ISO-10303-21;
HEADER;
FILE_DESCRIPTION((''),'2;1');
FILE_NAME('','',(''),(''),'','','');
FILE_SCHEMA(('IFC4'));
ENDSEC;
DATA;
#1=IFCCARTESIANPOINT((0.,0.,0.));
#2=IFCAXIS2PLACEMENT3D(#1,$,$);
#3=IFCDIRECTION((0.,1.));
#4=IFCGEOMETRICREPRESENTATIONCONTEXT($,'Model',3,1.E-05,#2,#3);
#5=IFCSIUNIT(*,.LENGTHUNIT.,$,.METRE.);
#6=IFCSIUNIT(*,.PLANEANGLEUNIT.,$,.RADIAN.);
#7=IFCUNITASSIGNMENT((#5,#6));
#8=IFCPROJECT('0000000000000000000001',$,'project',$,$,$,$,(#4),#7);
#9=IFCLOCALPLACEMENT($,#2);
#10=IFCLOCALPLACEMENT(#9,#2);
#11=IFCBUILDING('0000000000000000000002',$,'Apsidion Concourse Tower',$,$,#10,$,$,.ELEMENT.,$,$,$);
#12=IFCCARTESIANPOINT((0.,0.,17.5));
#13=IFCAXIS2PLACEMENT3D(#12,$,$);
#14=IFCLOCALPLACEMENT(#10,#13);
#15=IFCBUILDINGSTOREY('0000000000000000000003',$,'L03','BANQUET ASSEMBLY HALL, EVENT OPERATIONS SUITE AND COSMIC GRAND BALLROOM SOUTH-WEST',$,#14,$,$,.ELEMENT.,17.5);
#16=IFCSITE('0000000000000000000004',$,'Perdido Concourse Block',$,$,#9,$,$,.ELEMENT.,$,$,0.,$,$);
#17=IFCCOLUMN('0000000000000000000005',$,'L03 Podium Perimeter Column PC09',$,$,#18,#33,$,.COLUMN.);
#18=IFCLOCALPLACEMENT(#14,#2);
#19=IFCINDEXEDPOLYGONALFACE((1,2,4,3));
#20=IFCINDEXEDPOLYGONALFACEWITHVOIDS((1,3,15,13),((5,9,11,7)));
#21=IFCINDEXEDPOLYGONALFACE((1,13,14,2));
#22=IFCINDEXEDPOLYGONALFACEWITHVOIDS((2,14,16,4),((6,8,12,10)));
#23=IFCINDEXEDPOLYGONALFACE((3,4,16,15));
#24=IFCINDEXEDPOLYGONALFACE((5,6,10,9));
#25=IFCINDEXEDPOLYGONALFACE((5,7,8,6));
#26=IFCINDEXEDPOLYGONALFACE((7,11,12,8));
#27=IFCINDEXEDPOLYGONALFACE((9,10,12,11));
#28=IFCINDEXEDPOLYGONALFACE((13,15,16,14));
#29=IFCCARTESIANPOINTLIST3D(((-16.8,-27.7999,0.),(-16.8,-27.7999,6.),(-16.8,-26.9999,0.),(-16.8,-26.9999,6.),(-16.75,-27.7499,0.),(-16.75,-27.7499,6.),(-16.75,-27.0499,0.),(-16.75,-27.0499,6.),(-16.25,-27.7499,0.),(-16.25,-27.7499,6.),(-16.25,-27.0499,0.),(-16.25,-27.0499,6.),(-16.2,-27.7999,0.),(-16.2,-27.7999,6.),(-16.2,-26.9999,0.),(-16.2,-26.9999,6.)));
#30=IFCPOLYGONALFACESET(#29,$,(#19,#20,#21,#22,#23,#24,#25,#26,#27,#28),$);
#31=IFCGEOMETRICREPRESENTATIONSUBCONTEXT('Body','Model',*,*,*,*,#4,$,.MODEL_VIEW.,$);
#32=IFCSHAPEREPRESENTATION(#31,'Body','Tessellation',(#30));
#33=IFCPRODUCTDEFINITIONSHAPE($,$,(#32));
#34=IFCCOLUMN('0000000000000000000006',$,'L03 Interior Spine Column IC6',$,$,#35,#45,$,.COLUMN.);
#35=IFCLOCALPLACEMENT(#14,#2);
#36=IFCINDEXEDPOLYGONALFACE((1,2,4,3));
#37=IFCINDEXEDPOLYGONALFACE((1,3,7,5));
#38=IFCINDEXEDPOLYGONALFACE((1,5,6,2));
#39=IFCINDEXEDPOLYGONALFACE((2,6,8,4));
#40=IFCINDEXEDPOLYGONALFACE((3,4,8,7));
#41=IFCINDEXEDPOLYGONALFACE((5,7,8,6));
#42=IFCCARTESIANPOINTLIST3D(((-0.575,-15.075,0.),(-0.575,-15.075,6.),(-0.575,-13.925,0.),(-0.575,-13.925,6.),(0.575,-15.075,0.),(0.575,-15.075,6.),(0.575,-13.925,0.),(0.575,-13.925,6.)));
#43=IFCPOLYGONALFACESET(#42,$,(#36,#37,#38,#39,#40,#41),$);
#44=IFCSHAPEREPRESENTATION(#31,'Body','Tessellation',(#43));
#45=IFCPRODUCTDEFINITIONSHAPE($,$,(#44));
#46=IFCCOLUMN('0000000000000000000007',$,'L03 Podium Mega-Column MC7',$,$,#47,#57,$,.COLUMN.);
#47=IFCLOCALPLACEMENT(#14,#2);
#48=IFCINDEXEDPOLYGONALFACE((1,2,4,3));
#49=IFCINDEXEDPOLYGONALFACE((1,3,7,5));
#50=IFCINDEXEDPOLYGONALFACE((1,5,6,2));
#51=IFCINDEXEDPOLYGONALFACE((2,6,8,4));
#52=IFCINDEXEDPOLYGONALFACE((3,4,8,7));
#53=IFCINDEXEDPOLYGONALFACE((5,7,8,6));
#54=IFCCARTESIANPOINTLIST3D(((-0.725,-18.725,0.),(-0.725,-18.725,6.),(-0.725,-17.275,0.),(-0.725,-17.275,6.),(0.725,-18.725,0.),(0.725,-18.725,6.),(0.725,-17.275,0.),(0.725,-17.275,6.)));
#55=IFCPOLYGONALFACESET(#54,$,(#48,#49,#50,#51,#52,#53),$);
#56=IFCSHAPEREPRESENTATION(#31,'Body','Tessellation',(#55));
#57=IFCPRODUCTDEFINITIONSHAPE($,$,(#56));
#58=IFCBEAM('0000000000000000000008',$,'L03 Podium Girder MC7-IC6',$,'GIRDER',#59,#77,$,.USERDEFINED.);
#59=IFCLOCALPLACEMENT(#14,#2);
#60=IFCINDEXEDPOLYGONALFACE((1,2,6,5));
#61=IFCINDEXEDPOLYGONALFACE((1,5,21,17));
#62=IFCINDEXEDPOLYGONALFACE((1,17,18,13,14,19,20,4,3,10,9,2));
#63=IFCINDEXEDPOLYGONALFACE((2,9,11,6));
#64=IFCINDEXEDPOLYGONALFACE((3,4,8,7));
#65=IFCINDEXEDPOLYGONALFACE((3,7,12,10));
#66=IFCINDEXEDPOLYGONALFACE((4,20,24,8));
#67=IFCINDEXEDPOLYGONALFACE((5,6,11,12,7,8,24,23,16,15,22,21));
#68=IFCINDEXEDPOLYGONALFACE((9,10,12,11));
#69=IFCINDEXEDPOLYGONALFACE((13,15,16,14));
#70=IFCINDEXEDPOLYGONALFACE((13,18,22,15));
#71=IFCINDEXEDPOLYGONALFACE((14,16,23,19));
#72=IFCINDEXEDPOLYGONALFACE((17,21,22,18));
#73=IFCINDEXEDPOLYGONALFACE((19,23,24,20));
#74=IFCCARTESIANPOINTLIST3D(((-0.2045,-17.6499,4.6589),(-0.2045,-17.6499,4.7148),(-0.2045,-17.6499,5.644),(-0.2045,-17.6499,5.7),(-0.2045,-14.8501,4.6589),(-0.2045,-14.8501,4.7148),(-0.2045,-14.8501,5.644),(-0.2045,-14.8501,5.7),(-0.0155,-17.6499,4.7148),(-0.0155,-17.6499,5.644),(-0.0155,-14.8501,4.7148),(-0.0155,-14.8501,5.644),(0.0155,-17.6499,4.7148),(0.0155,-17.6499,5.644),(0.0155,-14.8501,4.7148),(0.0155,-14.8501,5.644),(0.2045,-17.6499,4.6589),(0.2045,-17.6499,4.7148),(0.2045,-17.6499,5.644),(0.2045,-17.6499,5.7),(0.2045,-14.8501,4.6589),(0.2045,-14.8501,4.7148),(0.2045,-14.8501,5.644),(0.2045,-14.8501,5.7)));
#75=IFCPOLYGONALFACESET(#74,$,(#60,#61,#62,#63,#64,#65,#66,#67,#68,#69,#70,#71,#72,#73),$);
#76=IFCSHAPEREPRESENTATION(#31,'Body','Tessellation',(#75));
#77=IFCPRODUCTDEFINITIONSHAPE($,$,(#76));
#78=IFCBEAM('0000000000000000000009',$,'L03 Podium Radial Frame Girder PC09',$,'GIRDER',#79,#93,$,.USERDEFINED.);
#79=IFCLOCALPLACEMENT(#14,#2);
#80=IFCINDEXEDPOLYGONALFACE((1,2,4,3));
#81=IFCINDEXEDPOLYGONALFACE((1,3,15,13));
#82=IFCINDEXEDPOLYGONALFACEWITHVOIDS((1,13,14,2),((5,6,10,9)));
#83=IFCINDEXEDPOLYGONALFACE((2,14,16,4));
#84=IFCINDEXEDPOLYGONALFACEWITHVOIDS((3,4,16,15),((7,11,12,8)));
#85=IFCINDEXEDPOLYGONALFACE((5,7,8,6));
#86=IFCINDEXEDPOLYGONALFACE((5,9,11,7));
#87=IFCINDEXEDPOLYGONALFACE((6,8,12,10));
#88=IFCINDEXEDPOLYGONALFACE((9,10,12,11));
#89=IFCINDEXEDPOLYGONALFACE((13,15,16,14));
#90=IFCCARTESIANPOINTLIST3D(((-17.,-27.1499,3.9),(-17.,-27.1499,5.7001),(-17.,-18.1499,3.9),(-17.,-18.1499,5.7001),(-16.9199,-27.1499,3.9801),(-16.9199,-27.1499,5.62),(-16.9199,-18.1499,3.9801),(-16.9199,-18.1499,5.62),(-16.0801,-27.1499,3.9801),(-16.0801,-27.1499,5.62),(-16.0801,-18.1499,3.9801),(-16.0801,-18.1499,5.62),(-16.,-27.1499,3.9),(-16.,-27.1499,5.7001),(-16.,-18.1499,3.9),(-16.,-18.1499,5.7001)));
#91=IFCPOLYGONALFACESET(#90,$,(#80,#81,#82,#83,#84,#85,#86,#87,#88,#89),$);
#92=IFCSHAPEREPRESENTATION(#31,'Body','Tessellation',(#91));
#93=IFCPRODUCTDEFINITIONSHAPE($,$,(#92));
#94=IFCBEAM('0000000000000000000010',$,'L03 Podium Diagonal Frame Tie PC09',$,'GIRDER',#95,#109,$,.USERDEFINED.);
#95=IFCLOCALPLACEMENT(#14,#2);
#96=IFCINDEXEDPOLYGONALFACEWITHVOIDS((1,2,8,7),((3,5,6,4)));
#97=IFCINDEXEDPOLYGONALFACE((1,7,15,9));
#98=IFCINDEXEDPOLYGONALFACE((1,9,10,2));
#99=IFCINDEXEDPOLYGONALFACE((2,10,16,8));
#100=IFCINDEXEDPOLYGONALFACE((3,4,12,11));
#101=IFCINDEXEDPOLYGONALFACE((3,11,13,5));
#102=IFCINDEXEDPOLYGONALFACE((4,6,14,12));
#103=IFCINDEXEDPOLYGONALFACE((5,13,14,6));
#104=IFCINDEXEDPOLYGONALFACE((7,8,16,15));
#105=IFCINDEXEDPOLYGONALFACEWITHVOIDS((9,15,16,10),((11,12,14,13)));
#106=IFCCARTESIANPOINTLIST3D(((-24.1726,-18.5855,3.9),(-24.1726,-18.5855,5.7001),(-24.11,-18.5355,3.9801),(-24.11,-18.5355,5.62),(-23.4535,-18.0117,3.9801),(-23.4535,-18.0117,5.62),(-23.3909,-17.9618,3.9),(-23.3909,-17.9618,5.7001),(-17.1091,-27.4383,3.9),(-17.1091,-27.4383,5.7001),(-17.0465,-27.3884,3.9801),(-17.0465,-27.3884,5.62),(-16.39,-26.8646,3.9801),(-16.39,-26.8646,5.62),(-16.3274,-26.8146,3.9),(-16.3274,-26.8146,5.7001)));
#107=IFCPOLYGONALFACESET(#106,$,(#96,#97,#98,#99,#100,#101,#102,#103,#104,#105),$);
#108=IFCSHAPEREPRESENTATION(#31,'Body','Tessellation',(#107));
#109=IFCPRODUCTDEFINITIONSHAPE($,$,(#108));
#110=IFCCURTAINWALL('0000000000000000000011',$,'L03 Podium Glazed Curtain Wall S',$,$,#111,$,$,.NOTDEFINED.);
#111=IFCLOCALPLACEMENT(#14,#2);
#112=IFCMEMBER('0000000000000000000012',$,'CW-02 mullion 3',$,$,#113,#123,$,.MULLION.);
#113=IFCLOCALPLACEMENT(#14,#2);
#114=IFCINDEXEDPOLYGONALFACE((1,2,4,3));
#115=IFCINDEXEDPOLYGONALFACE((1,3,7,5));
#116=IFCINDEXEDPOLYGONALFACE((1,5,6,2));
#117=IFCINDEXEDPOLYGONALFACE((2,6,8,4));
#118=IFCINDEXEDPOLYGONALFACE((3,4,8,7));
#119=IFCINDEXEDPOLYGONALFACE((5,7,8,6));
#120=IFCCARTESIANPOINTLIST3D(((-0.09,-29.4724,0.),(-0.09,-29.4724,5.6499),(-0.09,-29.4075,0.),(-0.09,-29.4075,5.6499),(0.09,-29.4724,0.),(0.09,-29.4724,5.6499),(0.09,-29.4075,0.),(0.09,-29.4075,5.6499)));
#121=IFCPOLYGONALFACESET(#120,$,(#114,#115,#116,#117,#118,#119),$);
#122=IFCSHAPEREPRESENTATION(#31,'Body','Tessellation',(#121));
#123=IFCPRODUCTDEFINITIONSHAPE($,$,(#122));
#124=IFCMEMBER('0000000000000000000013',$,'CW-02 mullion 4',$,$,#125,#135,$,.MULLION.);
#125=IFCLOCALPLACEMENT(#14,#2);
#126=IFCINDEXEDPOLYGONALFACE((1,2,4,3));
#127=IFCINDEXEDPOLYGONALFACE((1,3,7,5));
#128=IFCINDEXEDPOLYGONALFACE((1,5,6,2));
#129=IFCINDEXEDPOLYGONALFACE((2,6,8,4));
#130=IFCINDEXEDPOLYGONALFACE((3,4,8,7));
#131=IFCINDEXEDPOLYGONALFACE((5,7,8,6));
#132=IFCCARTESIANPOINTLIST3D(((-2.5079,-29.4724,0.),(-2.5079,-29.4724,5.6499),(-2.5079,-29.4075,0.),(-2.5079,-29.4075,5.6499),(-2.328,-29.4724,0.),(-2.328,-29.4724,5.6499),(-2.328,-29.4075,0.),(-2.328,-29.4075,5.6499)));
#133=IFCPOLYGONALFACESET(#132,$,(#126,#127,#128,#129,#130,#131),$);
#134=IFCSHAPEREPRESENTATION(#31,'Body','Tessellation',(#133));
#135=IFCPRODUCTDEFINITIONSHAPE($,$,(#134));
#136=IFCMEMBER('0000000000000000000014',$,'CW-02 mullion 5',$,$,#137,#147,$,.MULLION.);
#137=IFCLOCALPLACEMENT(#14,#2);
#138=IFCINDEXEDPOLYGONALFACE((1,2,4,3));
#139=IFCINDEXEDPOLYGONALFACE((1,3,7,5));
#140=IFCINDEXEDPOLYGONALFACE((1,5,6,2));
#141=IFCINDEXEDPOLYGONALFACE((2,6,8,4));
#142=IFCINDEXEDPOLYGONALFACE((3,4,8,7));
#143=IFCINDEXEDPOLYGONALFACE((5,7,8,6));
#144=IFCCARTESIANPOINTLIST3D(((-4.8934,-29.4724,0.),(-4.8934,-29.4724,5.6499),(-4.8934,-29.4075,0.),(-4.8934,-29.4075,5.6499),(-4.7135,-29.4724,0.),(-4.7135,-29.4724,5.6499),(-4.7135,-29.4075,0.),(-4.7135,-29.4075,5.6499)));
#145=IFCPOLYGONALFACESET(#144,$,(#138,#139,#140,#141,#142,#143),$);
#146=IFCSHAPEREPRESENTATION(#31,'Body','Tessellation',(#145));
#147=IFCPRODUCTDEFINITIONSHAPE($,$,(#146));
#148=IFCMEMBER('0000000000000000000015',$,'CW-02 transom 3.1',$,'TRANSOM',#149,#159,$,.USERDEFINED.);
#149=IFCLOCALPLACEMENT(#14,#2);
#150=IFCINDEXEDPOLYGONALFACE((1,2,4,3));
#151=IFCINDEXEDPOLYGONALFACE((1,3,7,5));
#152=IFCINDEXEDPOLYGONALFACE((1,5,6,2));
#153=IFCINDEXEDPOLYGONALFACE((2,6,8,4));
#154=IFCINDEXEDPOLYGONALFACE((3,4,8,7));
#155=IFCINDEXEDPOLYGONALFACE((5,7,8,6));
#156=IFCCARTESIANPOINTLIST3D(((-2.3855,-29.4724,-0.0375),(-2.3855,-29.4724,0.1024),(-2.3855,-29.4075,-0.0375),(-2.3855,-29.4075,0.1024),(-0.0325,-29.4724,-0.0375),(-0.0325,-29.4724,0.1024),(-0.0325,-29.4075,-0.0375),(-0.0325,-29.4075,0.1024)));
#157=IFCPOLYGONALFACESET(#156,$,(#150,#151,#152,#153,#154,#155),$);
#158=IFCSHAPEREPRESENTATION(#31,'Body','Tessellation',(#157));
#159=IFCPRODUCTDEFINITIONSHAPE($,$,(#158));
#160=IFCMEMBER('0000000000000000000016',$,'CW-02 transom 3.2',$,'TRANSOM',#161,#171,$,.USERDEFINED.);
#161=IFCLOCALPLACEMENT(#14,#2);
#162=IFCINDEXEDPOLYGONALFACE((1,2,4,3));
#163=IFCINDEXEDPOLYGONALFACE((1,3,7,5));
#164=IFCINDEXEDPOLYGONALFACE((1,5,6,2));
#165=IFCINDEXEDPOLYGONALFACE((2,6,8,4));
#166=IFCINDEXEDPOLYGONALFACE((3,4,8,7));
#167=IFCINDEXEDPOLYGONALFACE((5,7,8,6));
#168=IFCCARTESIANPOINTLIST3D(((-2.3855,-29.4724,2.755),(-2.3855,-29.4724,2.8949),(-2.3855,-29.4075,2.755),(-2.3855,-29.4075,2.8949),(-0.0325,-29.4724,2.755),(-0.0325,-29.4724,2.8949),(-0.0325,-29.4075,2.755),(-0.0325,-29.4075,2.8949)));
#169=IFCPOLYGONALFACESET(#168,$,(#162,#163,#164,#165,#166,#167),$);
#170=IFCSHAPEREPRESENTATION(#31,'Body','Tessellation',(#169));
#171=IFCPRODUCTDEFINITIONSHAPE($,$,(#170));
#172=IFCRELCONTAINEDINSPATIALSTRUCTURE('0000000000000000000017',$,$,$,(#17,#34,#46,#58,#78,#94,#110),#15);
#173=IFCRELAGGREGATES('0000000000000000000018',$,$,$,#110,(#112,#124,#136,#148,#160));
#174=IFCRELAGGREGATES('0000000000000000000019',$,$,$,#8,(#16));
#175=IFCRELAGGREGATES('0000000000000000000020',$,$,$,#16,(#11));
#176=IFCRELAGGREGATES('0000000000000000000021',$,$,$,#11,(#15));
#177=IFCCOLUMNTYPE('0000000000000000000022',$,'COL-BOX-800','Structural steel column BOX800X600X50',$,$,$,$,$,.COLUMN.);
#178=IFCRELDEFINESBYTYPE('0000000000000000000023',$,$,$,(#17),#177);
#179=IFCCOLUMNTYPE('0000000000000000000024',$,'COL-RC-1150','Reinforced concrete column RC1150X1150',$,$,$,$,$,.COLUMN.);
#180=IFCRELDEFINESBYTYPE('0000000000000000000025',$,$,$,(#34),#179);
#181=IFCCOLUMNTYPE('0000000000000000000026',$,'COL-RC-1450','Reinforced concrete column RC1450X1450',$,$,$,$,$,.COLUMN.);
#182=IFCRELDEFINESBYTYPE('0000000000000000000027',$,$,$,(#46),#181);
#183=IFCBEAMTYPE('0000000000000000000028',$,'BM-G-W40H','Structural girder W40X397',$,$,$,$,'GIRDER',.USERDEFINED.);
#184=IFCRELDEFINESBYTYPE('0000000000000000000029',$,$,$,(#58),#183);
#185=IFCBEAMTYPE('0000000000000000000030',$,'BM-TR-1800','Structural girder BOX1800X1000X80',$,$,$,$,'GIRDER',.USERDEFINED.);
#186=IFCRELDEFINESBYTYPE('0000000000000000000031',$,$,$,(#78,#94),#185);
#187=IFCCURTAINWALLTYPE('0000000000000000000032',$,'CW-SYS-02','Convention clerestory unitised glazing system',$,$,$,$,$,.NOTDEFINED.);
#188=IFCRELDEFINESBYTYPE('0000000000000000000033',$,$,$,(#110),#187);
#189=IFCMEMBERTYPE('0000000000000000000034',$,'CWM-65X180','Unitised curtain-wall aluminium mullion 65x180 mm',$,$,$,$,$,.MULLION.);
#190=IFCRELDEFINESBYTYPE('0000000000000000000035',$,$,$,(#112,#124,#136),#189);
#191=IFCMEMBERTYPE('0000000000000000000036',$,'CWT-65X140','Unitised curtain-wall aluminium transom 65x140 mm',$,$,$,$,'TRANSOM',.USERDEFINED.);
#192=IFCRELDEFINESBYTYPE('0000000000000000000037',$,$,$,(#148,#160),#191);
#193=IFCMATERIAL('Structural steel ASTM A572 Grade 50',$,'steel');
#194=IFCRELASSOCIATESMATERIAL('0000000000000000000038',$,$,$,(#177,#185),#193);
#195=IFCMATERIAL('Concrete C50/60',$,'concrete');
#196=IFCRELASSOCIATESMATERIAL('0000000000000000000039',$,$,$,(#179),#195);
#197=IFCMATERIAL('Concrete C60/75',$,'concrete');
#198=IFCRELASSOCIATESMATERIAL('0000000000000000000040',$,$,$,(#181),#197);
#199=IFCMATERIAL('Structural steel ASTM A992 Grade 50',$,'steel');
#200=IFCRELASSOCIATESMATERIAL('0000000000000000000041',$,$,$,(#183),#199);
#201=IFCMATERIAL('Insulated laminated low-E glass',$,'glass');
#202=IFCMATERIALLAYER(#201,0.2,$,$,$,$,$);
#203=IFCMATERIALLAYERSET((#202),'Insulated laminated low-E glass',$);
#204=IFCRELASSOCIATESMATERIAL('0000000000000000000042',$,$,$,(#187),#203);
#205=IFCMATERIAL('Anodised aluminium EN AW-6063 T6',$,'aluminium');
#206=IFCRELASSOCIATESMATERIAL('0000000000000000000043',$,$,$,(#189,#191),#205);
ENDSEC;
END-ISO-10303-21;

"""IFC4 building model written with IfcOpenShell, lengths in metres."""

from ifc_helpers import new_model, si_unit, direction, frame, origin, origin_2d, place, context, subcontext, project, spatial, rectangle, hollow_rectangle, i_section, extrude, material, layer, layer_set, material_profile, profile_set, type_object, element, aggregate, save


model = new_model("IFC4")

# Units and contexts
model_context = context("Model", 3, precision=1e-05, world=origin(), true_north=direction((0.0, 1.0)))
body_context = subcontext(model_context, "Body", "Model", "MODEL_VIEW")
ifc_project = project(units=[si_unit("LENGTHUNIT", "METRE"), si_unit("PLANEANGLEUNIT", "RADIAN")], contexts=[model_context])

# Site, building, storey
site_placement = place(None, origin())
site = spatial("IfcSite", under=ifc_project, at=site_placement, Name="Perdido Concourse Block", CompositionType="ELEMENT", RefElevation=0.0)
building_placement = place(site_placement, origin())
building = spatial("IfcBuilding", under=site, at=building_placement, Name="Apsidion Concourse Tower", CompositionType="ELEMENT")
storey_placement = place(building_placement, frame((0.0, 0.0, 17.5)))
storey = spatial("IfcBuildingStorey", under=building, at=storey_placement, Name="L03", Description="BANQUET ASSEMBLY HALL, EVENT OPERATIONS SUITE AND COSMIC GRAND BALLROOM SOUTH-WEST", CompositionType="ELEMENT", Elevation=17.5)

# Columns
ifc_material_1 = material(Name="Structural steel ASTM A572 Grade 50", Category="steel")
ifc_material_profile_1 = material_profile(ifc_material_1, hollow_rectangle(XDim=0.6001, YDim=0.8, WallThickness=0.05, at=origin_2d()), Name="BOX800X600X50")
ifc_profile_set_1 = profile_set([ifc_material_profile_1], Name="Structural steel ASTM A572 Grade 50")
column_type_1 = type_object("IfcColumnType", Name="COL-BOX-800", Description="Structural steel column BOX800X600X50", PredefinedType="COLUMN", material=ifc_profile_set_1)
column_1_placement = place(storey_placement, frame((-16.5, -27.3999, 0.0), z_axis=(0.0, 0.0, 1.0), x_axis=(1.0, 0.0, 0.0)))
element("IfcColumn", 1, at=column_1_placement, inside=storey, type_object=column_type_1, Name="L03 Podium Perimeter Column PC09", PredefinedType="COLUMN", context=body_context, shape_type="SweptSolid", body=[
    extrude(hollow_rectangle(XDim=0.6001, YDim=0.8, WallThickness=0.05, at=origin_2d()), origin(), (0.0, 0.0, 1.0), 6.0),
])
ifc_material_2 = material(Name="Concrete C50/60", Category="concrete")
ifc_material_profile_2 = material_profile(ifc_material_2, rectangle(XDim=1.1499, YDim=1.1499, at=origin_2d()), Name="RC 1150x1150")
ifc_profile_set_2 = profile_set([ifc_material_profile_2], Name="Concrete C50/60")
column_type_2 = type_object("IfcColumnType", Name="COL-RC-1150", Description="Reinforced concrete column RC1150X1150", PredefinedType="COLUMN", material=ifc_profile_set_2)
column_2_placement = place(storey_placement, frame((0.0, -14.5, 0.0), z_axis=(0.0, 0.0, 1.0), x_axis=(1.0, 0.0, 0.0)))
element("IfcColumn", 2, at=column_2_placement, inside=storey, type_object=column_type_2, Name="L03 Interior Spine Column IC6", PredefinedType="COLUMN", context=body_context, shape_type="SweptSolid", body=[
    extrude(rectangle(XDim=1.1499, YDim=1.1499, at=origin_2d()), origin(), (0.0, 0.0, 1.0), 6.0),
])
ifc_material_3 = material(Name="Concrete C60/75", Category="concrete")
ifc_material_profile_3 = material_profile(ifc_material_3, rectangle(XDim=1.45, YDim=1.45, at=origin_2d()), Name="RC 1450x1450")
ifc_profile_set_3 = profile_set([ifc_material_profile_3], Name="Concrete C60/75")
column_type_3 = type_object("IfcColumnType", Name="COL-RC-1450", Description="Reinforced concrete column RC1450X1450", PredefinedType="COLUMN", material=ifc_profile_set_3)
column_3_placement = place(storey_placement, frame((0.0, -18.0, 0.0), z_axis=(0.0, 0.0, 1.0), x_axis=(1.0, 0.0, 0.0)))
element("IfcColumn", 3, at=column_3_placement, inside=storey, type_object=column_type_3, Name="L03 Podium Mega-Column MC7", PredefinedType="COLUMN", context=body_context, shape_type="SweptSolid", body=[
    extrude(rectangle(XDim=1.45, YDim=1.45, at=origin_2d()), origin(), (0.0, 0.0, 1.0), 6.0),
])

# Beams
ifc_material_4 = material(Name="Structural steel ASTM A992 Grade 50", Category="steel")
ifc_material_profile_4 = material_profile(ifc_material_4, i_section(OverallWidth=0.4089, OverallDepth=1.041, WebThickness=0.031, FlangeThickness=0.0559, at=origin_2d()), Name="W40X397")
ifc_profile_set_4 = profile_set([ifc_material_profile_4], Name="Structural steel ASTM A992 Grade 50")
beam_type_1 = type_object("IfcBeamType", Name="BM-G-W40H", Description="Structural girder W40X397", ElementType="GIRDER", PredefinedType="USERDEFINED", material=ifc_profile_set_4)
beam_1_placement = place(storey_placement, frame((0.0, -17.6499, 5.1794), z_axis=(0.0, 1.0, 0.0), x_axis=(-1.0, 0.0, 0.0)))
element("IfcBeam", 4, at=beam_1_placement, inside=storey, type_object=beam_type_1, Name="L03 Podium Girder MC7-IC6", ObjectType="GIRDER", PredefinedType="USERDEFINED", context=body_context, shape_type="SweptSolid", body=[
    extrude(i_section(OverallWidth=0.4089, OverallDepth=1.041, WebThickness=0.031, FlangeThickness=0.0559, at=origin_2d()), origin(), (0.0, 0.0, 1.0), 2.7998),
])
ifc_material_profile_5 = material_profile(ifc_material_1, hollow_rectangle(XDim=1.0, YDim=1.8, WallThickness=0.0801, at=origin_2d()), Name="BOX1800X1000X80")
ifc_profile_set_5 = profile_set([ifc_material_profile_5], Name="Structural steel ASTM A572 Grade 50")
beam_type_2 = type_object("IfcBeamType", Name="BM-TR-1800", Description="Structural girder BOX1800X1000X80", ElementType="GIRDER", PredefinedType="USERDEFINED", material=ifc_profile_set_5)
beam_2_placement = place(storey_placement, frame((-16.5, -27.1499, 4.8), z_axis=(0.0, 1.0, 0.0), x_axis=(-1.0, 0.0, 0.0)))
element("IfcBeam", 5, at=beam_2_placement, inside=storey, type_object=beam_type_2, Name="L03 Podium Radial Frame Girder PC09", ObjectType="GIRDER", PredefinedType="USERDEFINED", context=body_context, shape_type="SweptSolid", body=[
    extrude(hollow_rectangle(XDim=1.0, YDim=1.8, WallThickness=0.0801, at=origin_2d()), origin(), (0.0, 0.0, 1.0), 9.0),
])
beam_3_placement = place(storey_placement, frame((-16.7183, -27.1265, 4.8), z_axis=(-0.623685, 0.781676, 0.0), x_axis=(-0.781676, -0.623685, 0.0)))
element("IfcBeam", 6, at=beam_3_placement, inside=storey, type_object=beam_type_2, Name="L03 Podium Diagonal Frame Tie PC09", ObjectType="GIRDER", PredefinedType="USERDEFINED", context=body_context, shape_type="SweptSolid", body=[
    extrude(hollow_rectangle(XDim=1.0, YDim=1.8, WallThickness=0.0801, at=origin_2d()), origin(), (0.0, 0.0, 1.0), 11.3254),
])

# Curtain wall, members
ifc_material_5 = material(Name="Insulated laminated low-E glass", Category="glass")
ifc_layer_1 = layer(ifc_material_5, 0.2)
ifc_layer_set_1 = layer_set([ifc_layer_1], Name="Insulated laminated low-E glass")
curtain_wall_type = type_object("IfcCurtainWallType", Name="CW-SYS-02", Description="Convention clerestory unitised glazing system", PredefinedType="NOTDEFINED", material=ifc_layer_set_1)
curtain_wall_placement = place(storey_placement, origin())
curtain_wall = element("IfcCurtainWall", 7, at=curtain_wall_placement, inside=storey, type_object=curtain_wall_type, Name="L03 Podium Glazed Curtain Wall S", PredefinedType="NOTDEFINED")
ifc_material_6 = material(Name="Anodised aluminium EN AW-6063 T6", Category="aluminium")
ifc_material_profile_6 = material_profile(ifc_material_6, rectangle(XDim=0.0649, YDim=0.1799, at=origin_2d()), Name="ALU MULLION 65x180")
ifc_profile_set_6 = profile_set([ifc_material_profile_6], Name="Anodised aluminium EN AW-6063 T6")
member_type_1 = type_object("IfcMemberType", Name="CWM-65X180", Description="Unitised curtain-wall aluminium mullion 65x180 mm", PredefinedType="MULLION", material=ifc_profile_set_6)
member_1_placement = place(storey_placement, frame((0.0, -29.4399, 0.0), z_axis=(0.0, 0.0, 1.0), x_axis=(0.0, -1.0, 0.0)))
member_1 = element("IfcMember", 8, at=member_1_placement, type_object=member_type_1, Name="CW-02 mullion 3", PredefinedType="MULLION", context=body_context, shape_type="SweptSolid", body=[
    extrude(rectangle(XDim=0.0649, YDim=0.1799, at=origin_2d()), origin(), (0.0, 0.0, 1.0), 5.6499),
])
member_2_placement = place(storey_placement, frame((-2.418, -29.4399, 0.0), z_axis=(0.0, 0.0, 1.0), x_axis=(0.0, -1.0, 0.0)))
member_2 = element("IfcMember", 9, at=member_2_placement, type_object=member_type_1, Name="CW-02 mullion 4", PredefinedType="MULLION", context=body_context, shape_type="SweptSolid", body=[
    extrude(rectangle(XDim=0.0649, YDim=0.1799, at=origin_2d()), origin(), (0.0, 0.0, 1.0), 5.6499),
])
member_3_placement = place(storey_placement, frame((-4.8035, -29.4399, 0.0), z_axis=(0.0, 0.0, 1.0), x_axis=(0.0, -1.0, 0.0)))
member_3 = element("IfcMember", 10, at=member_3_placement, type_object=member_type_1, Name="CW-02 mullion 5", PredefinedType="MULLION", context=body_context, shape_type="SweptSolid", body=[
    extrude(rectangle(XDim=0.0649, YDim=0.1799, at=origin_2d()), origin(), (0.0, 0.0, 1.0), 5.6499),
])
ifc_material_profile_7 = material_profile(ifc_material_6, rectangle(XDim=0.0649, YDim=0.1399, at=origin_2d()), Name="ALU TRANSOM 65x140")
ifc_profile_set_7 = profile_set([ifc_material_profile_7], Name="Anodised aluminium EN AW-6063 T6")
member_type_2 = type_object("IfcMemberType", Name="CWT-65X140", Description="Unitised curtain-wall aluminium transom 65x140 mm", ElementType="TRANSOM", PredefinedType="USERDEFINED", material=ifc_profile_set_7)
member_4_placement = place(storey_placement, frame((-0.0325, -29.4399, 0.0325), z_axis=(-1.0, 0.0, 0.0), x_axis=(0.0, -1.0, 0.0)))
member_4 = element("IfcMember", 11, at=member_4_placement, type_object=member_type_2, Name="CW-02 transom 3.1", ObjectType="TRANSOM", PredefinedType="USERDEFINED", context=body_context, shape_type="SweptSolid", body=[
    extrude(rectangle(XDim=0.0649, YDim=0.1399, at=origin_2d()), origin(), (0.0, 0.0, 1.0), 2.353),
])
member_5_placement = place(storey_placement, frame((-0.0325, -29.4399, 2.825), z_axis=(-1.0, 0.0, 0.0), x_axis=(0.0, -1.0, 0.0)))
member_5 = element("IfcMember", 12, at=member_5_placement, type_object=member_type_2, Name="CW-02 transom 3.2", ObjectType="TRANSOM", PredefinedType="USERDEFINED", context=body_context, shape_type="SweptSolid", body=[
    extrude(rectangle(XDim=0.0649, YDim=0.1399, at=origin_2d()), origin(), (0.0, 0.0, 1.0), 2.353),
])
aggregate(curtain_wall, [member_1, member_2, member_3, member_4, member_5])

save(model, "model.ifc")
